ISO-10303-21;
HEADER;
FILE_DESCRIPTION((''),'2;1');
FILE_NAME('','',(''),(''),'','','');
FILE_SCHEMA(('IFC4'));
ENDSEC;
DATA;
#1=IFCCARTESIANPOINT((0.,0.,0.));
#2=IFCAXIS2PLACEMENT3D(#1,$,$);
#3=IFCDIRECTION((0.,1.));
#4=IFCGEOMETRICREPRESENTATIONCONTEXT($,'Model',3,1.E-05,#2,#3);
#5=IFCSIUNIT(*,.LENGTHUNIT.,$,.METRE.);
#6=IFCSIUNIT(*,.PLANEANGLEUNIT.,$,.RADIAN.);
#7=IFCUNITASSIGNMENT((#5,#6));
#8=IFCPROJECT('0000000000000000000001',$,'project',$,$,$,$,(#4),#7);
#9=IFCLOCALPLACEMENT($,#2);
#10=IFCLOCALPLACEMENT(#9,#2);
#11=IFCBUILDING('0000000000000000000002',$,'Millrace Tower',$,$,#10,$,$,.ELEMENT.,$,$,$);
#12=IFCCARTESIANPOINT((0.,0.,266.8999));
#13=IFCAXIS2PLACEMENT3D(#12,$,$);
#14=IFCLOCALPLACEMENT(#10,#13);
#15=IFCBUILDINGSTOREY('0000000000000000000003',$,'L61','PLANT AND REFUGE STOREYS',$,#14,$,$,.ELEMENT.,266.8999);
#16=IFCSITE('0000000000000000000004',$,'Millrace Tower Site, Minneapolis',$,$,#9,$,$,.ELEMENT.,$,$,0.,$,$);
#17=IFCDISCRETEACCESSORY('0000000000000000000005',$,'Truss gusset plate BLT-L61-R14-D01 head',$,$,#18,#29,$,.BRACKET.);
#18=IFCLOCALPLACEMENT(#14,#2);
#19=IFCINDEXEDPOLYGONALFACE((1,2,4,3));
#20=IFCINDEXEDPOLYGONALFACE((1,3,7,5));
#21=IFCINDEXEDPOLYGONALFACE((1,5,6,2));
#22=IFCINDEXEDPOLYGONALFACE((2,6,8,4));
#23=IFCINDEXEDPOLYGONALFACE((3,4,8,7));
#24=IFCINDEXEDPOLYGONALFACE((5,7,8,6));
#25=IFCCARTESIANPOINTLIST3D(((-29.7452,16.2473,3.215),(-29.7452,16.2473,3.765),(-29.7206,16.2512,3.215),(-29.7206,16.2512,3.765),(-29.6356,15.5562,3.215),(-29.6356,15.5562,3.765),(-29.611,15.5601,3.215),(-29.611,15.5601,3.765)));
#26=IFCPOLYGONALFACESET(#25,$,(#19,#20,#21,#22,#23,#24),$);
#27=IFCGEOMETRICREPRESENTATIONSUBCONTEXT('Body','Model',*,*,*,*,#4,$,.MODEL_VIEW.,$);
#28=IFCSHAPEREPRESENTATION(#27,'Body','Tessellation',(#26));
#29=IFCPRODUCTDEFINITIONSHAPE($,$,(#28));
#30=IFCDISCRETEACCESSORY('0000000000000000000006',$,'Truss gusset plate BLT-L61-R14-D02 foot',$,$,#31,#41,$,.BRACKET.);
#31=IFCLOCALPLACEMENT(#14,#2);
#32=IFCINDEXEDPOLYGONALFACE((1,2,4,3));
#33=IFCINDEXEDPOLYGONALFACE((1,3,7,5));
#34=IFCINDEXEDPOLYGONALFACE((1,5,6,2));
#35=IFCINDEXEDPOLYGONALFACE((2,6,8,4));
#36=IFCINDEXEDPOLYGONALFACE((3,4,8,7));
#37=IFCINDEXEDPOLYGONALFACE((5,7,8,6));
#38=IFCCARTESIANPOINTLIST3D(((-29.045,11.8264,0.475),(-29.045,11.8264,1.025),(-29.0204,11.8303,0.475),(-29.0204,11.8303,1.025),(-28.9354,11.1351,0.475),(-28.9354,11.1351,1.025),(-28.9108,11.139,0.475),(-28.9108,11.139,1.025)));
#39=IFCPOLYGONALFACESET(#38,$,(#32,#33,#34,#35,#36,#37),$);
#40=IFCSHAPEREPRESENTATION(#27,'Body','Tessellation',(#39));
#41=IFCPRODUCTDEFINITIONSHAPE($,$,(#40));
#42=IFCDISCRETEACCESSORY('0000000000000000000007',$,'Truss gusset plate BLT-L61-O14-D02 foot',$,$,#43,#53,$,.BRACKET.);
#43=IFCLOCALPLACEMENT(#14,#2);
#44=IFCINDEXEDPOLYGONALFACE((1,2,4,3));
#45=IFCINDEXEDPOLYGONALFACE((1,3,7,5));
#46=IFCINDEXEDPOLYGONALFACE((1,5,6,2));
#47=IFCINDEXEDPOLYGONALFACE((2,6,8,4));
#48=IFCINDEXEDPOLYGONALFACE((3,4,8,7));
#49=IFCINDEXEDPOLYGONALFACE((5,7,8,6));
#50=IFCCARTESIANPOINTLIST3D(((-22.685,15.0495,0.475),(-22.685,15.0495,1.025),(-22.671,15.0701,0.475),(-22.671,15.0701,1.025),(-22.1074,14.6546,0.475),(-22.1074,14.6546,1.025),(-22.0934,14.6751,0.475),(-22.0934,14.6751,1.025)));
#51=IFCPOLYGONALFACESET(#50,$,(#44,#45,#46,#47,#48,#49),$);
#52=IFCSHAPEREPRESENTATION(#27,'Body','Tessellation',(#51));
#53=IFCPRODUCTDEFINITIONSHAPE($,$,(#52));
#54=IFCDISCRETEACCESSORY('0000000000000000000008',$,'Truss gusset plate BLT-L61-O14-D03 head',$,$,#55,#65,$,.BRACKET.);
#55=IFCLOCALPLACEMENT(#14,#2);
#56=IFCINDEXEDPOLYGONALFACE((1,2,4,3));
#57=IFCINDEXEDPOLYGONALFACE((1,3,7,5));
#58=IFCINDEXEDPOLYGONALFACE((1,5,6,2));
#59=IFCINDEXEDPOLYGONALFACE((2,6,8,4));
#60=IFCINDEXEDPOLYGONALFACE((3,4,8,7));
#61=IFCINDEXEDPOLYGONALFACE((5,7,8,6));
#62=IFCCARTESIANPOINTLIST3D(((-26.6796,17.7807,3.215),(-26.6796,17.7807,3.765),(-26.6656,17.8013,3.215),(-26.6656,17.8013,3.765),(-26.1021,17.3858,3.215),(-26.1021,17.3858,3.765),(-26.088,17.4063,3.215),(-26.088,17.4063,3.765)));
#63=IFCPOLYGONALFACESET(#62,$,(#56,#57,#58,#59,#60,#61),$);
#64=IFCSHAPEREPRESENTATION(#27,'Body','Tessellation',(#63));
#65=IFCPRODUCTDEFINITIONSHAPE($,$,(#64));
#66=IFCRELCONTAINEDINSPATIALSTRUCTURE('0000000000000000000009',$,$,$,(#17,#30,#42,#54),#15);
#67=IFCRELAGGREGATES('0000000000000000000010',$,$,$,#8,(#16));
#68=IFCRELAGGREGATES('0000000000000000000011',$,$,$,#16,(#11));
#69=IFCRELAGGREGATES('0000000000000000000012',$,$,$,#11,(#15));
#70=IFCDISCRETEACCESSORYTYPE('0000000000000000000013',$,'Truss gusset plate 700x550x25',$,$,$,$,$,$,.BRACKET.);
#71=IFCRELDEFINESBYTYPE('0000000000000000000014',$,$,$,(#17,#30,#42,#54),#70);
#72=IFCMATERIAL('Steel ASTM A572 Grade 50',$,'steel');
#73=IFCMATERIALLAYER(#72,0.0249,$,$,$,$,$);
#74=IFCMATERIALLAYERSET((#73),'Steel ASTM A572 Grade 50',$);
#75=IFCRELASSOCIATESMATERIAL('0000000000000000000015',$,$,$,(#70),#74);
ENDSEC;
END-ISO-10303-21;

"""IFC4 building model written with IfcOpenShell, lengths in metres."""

from ifc_helpers import new_model, si_unit, direction, frame, origin, origin_2d, place, context, subcontext, project, spatial, rectangle, extrude, material, layer, layer_set, type_object, element, save


model = new_model("IFC4")

# Units and contexts
model_context = context("Model", 3, precision=1e-05, world=origin(), true_north=direction((0.0, 1.0)))
body_context = subcontext(model_context, "Body", "Model", "MODEL_VIEW")
ifc_project = project(units=[si_unit("LENGTHUNIT", "METRE"), si_unit("PLANEANGLEUNIT", "RADIAN")], contexts=[model_context])

# Site, building, storey
site_placement = place(None, origin())
site = spatial("IfcSite", under=ifc_project, at=site_placement, Name="Millrace Tower Site, Minneapolis", CompositionType="ELEMENT", RefElevation=0.0)
building_placement = place(site_placement, origin())
building = spatial("IfcBuilding", under=site, at=building_placement, Name="Millrace Tower", CompositionType="ELEMENT")
storey_placement = place(building_placement, frame((0.0, 0.0, 266.8999)))
storey = spatial("IfcBuildingStorey", under=building, at=storey_placement, Name="L61", Description="PLANT AND REFUGE STOREYS", CompositionType="ELEMENT", Elevation=266.8999)

# Discrete accessories
ifc_material_1 = material(Name="Steel ASTM A572 Grade 50", Category="steel")
ifc_layer_1 = layer(ifc_material_1, 0.0249)
ifc_layer_set_1 = layer_set([ifc_layer_1], Name="Steel ASTM A572 Grade 50")
discrete_accessory_type = type_object("IfcDiscreteAccessoryType", Name="Truss gusset plate 700x550x25", PredefinedType="BRACKET", material=ifc_layer_set_1)
discrete_accessory_1_placement = place(storey_placement, frame((-29.7329, 16.2493, 3.49), z_axis=(0.156643, -0.987655, 0.0), x_axis=(0.987655, 0.156643, 0.0)))
element("IfcDiscreteAccessory", 1, at=discrete_accessory_1_placement, inside=storey, type_object=discrete_accessory_type, Name="Truss gusset plate BLT-L61-R14-D01 head", PredefinedType="BRACKET", context=body_context, shape_type="SweptSolid", body=[
    extrude(rectangle(XDim=0.0249, YDim=0.55, at=origin_2d()), origin(), (0.0, 0.0, 1.0), 0.6997),
])
discrete_accessory_2_placement = place(storey_placement, frame((-29.0327, 11.8284, 0.75), z_axis=(0.156589, -0.987664, 0.0), x_axis=(0.987664, 0.156589, 0.0)))
element("IfcDiscreteAccessory", 2, at=discrete_accessory_2_placement, inside=storey, type_object=discrete_accessory_type, Name="Truss gusset plate BLT-L61-R14-D02 foot", PredefinedType="BRACKET", context=body_context, shape_type="SweptSolid", body=[
    extrude(rectangle(XDim=0.0249, YDim=0.55, at=origin_2d()), origin(), (0.0, 0.0, 1.0), 0.7),
])
for number, where, z_axis, x_axis, name in (
    (3, (-22.678, 15.0598, 0.75), (0.825444, -0.564484, 0.0), (0.564484, 0.825444, 0.0), "Truss gusset plate BLT-L61-O14-D02 foot"),
    (4, (-26.6726, 17.791, 3.49), (0.825444, -0.564484, 0.0), (0.564484, 0.825444, 0.0), "Truss gusset plate BLT-L61-O14-D03 head"),
):
    element("IfcDiscreteAccessory", number, at=place(storey_placement, frame(where, z_axis=z_axis, x_axis=x_axis)), inside=storey, type_object=discrete_accessory_type, Name=name, PredefinedType="BRACKET", context=body_context, shape_type="SweptSolid", body=[
        extrude(rectangle(XDim=0.0249, YDim=0.55, at=origin_2d()), origin(), (0.0, 0.0, 1.0), 0.6997),
    ])

save(model, "model.ifc")
